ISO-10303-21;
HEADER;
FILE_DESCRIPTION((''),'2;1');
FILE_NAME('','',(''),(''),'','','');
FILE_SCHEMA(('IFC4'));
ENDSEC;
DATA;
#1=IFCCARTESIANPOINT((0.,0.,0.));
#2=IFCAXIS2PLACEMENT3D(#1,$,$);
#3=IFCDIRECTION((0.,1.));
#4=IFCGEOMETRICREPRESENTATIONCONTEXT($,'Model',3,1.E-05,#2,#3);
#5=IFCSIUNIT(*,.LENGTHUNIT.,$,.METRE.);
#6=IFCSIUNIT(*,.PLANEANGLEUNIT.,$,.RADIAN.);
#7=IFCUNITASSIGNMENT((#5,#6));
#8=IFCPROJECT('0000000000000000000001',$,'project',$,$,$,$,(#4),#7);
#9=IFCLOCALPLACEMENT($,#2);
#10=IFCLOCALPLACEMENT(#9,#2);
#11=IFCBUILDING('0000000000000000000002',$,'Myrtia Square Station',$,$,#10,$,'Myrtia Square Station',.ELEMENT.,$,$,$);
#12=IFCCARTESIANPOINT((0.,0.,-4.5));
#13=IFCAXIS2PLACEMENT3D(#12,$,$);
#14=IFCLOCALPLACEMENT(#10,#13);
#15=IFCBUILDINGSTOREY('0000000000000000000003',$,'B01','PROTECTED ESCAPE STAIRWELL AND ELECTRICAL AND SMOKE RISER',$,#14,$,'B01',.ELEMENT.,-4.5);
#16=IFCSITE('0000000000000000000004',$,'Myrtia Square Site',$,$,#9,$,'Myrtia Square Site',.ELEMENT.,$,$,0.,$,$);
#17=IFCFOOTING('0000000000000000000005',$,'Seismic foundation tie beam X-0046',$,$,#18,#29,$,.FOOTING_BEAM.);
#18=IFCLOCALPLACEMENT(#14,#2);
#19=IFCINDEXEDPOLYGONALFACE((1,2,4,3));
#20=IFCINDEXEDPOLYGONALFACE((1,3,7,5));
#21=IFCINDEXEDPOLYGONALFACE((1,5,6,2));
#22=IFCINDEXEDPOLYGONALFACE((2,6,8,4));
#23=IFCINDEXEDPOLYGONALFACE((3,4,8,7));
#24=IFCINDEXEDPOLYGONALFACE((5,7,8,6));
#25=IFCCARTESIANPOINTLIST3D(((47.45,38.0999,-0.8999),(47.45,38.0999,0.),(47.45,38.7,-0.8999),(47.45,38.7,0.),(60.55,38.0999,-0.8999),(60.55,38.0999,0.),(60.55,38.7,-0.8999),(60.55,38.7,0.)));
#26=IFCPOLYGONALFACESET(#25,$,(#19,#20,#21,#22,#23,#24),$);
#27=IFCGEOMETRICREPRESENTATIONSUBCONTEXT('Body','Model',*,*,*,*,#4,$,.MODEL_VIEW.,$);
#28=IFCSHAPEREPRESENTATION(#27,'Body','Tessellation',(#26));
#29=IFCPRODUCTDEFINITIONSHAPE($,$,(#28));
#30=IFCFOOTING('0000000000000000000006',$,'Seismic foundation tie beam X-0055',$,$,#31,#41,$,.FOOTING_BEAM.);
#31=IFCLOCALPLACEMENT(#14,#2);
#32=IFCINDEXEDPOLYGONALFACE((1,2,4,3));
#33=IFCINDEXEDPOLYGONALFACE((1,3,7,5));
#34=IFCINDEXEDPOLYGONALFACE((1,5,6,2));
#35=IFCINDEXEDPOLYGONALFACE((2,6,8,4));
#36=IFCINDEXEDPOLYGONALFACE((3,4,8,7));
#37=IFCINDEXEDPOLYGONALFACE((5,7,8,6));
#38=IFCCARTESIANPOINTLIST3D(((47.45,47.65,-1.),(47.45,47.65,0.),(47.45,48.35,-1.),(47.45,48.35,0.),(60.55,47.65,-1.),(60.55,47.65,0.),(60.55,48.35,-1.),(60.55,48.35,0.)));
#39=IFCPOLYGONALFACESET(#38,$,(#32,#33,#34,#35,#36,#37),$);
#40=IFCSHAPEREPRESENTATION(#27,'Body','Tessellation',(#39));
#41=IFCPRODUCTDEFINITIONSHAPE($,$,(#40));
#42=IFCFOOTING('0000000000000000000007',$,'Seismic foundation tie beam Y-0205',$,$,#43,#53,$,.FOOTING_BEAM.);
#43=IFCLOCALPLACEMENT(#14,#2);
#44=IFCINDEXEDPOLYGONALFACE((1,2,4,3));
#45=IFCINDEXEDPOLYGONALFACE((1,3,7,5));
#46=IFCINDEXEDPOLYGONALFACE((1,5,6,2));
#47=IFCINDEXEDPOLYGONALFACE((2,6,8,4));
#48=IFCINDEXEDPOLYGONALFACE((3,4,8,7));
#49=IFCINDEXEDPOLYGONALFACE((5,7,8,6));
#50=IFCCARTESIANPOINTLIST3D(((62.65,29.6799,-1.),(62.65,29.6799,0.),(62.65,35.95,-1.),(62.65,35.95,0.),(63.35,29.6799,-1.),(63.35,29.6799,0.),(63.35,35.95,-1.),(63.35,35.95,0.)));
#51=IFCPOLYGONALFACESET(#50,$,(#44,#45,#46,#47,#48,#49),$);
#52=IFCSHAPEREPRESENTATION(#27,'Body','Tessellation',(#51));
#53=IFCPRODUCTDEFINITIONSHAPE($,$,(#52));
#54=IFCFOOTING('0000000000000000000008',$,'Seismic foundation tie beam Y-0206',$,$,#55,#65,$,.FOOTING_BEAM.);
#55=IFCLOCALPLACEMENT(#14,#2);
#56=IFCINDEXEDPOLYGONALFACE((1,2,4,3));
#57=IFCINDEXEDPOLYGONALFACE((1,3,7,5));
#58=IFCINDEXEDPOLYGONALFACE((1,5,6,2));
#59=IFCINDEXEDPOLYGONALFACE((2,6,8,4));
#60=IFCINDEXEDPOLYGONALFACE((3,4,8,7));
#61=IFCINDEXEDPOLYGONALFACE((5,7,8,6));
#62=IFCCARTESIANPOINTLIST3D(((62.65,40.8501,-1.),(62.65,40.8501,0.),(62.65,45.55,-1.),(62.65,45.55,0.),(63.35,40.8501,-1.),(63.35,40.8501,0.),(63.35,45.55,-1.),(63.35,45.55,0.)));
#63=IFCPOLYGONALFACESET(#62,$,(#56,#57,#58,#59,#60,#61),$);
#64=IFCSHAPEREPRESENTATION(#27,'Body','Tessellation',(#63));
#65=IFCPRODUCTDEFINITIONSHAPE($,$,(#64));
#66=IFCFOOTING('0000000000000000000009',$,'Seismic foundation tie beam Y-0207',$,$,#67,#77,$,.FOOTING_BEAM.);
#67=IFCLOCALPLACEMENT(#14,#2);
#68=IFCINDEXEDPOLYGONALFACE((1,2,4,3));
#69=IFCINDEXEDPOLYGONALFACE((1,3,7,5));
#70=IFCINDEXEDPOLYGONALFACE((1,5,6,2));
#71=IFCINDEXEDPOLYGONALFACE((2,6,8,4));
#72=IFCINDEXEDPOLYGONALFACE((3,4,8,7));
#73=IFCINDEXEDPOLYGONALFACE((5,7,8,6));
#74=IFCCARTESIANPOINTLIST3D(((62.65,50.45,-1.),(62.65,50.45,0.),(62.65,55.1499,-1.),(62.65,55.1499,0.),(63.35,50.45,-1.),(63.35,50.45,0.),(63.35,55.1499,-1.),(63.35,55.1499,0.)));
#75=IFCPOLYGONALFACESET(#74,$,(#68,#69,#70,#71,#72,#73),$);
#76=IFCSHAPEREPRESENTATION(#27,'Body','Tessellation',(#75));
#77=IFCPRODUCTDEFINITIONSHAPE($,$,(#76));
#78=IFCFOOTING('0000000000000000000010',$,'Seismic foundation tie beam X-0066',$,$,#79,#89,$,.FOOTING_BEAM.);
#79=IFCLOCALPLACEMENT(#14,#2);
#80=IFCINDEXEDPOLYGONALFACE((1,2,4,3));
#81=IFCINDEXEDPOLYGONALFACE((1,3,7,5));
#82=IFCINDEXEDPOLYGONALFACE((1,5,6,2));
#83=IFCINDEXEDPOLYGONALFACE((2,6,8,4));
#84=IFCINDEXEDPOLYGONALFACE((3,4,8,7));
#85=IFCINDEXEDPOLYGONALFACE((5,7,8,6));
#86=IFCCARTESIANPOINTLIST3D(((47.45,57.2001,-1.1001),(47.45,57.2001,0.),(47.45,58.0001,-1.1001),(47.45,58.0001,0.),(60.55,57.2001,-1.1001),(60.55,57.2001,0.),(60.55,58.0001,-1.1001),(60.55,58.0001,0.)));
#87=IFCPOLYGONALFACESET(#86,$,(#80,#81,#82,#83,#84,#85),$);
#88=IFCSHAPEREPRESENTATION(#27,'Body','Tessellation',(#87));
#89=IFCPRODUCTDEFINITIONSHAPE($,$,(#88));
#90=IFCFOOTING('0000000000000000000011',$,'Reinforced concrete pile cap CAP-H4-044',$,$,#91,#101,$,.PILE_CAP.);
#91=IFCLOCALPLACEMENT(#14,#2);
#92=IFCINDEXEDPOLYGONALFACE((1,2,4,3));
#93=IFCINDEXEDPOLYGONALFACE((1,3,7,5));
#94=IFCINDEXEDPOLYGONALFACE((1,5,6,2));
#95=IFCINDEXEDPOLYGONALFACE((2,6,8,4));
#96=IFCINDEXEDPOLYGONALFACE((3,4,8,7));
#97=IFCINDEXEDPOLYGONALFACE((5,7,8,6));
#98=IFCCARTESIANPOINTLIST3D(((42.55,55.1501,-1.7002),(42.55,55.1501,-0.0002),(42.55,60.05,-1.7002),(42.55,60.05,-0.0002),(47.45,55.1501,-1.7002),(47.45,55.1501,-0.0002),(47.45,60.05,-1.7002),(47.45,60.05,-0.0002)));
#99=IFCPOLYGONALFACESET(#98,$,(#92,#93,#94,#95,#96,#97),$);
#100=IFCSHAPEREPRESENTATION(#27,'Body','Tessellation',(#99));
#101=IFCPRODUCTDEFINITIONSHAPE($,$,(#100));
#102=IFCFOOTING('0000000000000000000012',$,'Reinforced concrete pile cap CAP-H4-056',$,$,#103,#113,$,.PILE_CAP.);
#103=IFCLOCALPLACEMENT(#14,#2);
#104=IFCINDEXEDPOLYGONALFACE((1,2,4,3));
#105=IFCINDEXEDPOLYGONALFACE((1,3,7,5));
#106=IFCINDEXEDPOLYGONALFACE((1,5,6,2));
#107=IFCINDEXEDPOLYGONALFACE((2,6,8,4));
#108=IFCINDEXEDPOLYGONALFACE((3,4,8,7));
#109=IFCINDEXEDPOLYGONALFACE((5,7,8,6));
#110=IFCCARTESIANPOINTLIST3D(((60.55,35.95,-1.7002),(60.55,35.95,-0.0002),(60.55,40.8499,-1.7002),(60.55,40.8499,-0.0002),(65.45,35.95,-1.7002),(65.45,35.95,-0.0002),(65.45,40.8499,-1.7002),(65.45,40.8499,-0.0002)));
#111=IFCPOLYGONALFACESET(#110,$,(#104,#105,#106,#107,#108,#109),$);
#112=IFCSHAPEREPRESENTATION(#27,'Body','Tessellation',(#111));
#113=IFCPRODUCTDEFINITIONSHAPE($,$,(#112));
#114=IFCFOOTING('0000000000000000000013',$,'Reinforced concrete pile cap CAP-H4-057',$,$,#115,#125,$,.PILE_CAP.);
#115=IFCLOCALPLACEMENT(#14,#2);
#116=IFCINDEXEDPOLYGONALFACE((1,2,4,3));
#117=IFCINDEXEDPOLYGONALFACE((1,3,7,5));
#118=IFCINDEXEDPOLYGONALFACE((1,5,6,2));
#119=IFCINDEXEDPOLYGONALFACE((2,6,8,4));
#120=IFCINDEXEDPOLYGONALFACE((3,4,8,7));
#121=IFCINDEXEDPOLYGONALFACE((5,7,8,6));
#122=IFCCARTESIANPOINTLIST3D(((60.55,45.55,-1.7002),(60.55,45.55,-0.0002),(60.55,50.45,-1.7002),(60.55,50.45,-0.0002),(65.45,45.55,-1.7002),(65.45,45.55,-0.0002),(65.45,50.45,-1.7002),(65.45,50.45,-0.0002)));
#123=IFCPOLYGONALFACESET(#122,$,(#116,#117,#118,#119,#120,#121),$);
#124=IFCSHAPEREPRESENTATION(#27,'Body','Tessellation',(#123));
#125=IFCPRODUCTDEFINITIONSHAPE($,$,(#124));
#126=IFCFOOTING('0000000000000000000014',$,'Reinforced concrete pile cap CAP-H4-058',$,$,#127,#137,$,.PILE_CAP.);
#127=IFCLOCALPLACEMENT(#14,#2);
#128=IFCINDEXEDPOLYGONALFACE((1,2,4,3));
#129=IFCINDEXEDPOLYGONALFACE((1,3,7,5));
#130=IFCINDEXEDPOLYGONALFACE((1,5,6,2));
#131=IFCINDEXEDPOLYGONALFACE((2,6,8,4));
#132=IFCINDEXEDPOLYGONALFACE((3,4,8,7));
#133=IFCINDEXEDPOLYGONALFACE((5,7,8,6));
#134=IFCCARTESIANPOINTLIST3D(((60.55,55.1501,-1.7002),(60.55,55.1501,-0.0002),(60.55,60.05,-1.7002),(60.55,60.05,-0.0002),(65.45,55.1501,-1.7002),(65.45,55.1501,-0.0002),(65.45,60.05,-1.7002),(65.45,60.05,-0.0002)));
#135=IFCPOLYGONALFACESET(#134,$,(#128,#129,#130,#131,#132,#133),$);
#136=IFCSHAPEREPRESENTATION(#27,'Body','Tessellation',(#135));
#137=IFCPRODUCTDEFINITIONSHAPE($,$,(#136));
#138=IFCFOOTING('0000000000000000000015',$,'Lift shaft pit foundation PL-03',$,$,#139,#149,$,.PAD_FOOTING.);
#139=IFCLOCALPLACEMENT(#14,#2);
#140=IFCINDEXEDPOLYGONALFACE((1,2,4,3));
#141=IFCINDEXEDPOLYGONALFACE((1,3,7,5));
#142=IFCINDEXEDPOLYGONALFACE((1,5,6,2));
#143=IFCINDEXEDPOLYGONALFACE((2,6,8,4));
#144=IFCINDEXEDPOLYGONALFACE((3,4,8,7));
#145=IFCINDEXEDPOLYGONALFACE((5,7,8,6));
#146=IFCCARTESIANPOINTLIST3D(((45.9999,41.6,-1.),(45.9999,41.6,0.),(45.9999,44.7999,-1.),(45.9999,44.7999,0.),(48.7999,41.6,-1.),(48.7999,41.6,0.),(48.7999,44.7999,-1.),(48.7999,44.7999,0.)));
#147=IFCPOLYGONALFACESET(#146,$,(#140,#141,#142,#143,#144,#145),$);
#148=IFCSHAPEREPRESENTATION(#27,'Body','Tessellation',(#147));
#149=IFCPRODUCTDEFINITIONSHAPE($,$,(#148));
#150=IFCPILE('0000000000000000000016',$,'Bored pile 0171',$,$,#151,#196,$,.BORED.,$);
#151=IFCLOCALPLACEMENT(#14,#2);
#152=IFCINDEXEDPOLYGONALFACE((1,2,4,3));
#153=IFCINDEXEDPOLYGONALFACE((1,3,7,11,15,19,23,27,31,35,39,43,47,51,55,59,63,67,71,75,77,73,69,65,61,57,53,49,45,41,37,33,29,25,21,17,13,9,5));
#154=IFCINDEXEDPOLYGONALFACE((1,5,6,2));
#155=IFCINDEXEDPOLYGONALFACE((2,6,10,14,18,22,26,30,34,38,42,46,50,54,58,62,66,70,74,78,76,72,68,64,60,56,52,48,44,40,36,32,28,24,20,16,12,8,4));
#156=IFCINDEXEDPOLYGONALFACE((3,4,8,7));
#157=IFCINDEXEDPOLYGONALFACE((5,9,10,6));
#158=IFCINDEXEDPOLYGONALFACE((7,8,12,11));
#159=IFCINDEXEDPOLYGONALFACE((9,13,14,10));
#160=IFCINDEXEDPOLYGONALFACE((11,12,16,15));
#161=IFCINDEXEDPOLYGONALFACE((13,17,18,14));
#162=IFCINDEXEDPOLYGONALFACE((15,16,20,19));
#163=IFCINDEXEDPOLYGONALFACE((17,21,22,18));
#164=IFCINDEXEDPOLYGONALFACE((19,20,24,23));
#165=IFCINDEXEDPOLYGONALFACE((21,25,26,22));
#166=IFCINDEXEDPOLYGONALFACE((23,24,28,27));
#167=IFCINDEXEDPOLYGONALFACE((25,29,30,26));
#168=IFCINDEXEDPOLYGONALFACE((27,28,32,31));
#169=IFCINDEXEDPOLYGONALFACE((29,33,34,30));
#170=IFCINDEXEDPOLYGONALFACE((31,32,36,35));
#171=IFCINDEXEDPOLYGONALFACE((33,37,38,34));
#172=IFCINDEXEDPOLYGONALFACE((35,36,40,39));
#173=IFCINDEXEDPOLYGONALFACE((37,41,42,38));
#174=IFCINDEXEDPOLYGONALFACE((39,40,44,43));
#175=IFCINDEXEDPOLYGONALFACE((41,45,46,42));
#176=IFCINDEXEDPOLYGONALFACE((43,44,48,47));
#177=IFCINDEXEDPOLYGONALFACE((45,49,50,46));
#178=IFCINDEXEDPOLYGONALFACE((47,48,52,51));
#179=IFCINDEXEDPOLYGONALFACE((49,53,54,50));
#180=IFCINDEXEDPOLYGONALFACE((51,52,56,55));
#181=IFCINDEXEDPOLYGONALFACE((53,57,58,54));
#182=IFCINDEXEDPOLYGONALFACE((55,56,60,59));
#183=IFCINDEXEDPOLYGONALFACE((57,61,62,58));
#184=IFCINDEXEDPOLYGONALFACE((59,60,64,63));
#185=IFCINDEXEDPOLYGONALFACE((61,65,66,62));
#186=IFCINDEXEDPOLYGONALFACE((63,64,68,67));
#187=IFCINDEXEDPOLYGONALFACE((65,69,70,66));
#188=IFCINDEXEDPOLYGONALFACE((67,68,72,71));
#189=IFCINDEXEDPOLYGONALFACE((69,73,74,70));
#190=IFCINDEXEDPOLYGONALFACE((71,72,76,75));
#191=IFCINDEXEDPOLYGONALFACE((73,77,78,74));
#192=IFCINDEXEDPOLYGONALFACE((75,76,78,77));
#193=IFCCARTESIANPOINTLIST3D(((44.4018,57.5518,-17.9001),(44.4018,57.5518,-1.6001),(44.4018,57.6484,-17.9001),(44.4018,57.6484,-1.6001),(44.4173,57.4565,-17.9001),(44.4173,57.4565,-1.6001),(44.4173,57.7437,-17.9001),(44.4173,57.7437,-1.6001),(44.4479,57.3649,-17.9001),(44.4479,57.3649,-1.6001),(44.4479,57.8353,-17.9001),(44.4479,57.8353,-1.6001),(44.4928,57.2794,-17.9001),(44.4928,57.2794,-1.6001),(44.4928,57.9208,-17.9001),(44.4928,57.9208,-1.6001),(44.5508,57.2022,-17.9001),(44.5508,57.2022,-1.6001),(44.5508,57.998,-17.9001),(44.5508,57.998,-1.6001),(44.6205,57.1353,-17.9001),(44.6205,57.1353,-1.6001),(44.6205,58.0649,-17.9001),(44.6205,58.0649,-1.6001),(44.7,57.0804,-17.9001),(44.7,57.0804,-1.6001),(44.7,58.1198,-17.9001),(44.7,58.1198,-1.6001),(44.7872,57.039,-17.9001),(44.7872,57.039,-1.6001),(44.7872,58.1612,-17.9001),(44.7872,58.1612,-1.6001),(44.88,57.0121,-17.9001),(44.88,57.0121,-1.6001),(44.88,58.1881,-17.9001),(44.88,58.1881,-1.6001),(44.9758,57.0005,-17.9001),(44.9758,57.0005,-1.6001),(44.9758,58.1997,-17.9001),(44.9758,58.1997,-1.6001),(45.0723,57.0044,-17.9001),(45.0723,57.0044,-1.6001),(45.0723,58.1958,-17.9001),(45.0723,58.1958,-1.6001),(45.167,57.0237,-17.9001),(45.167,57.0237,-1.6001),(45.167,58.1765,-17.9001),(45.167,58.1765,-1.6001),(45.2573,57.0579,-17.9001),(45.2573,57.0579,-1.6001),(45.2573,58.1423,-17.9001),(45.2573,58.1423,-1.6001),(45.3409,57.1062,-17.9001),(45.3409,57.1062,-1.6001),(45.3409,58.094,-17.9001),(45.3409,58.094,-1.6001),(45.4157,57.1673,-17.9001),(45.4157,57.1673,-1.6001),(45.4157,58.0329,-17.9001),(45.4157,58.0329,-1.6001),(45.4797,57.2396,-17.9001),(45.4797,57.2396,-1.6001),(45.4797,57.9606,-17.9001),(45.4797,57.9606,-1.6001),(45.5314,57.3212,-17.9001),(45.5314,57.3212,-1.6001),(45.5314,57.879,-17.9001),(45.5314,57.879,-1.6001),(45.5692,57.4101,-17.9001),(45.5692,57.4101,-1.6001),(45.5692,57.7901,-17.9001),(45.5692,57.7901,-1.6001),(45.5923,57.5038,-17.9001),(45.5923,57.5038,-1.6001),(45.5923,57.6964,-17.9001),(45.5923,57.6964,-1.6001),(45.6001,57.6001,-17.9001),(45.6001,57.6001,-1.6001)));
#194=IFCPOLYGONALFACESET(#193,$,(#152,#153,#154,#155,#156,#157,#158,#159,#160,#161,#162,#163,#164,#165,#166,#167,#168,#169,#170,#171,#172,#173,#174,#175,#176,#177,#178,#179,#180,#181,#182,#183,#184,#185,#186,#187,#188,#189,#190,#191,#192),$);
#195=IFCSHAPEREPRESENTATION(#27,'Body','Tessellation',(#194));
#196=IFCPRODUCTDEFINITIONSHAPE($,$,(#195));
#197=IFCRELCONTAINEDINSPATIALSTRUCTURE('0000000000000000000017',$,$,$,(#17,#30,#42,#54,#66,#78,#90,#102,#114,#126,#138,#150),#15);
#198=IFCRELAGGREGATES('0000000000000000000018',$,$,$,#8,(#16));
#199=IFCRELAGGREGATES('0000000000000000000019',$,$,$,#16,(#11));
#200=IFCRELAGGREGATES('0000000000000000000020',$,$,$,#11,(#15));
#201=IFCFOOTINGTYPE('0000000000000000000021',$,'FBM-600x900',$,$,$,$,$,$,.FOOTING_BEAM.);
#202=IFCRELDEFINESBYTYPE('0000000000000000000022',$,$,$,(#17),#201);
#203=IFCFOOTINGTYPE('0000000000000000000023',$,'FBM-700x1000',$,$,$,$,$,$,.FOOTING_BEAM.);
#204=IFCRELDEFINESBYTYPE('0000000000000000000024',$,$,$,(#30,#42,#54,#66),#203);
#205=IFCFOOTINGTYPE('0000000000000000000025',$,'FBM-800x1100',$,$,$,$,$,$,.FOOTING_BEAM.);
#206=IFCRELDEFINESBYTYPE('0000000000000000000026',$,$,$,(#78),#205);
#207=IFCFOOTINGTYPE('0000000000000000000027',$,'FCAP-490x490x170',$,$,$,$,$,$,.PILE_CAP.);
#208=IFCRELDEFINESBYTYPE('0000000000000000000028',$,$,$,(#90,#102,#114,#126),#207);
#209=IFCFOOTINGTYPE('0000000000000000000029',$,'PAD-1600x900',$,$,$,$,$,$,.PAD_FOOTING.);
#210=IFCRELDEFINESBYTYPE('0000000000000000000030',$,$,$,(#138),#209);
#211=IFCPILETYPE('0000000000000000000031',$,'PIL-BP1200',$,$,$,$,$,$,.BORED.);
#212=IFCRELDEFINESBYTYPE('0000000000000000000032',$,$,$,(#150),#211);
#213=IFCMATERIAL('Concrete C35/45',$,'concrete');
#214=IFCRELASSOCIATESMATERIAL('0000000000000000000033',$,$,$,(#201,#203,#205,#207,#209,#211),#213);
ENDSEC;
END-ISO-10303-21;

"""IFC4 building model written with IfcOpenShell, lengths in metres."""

from ifc_helpers import new_model, si_unit, direction, frame, origin, origin_2d, place, context, subcontext, project, spatial, rectangle, circle, extrude, material, material_profile, profile_set, type_object, element, save


model = new_model("IFC4")

# Units and contexts
model_context = context("Model", 3, precision=1e-05, world=origin(), true_north=direction((0.0, 1.0)))
body_context = subcontext(model_context, "Body", "Model", "MODEL_VIEW")
ifc_project = project(units=[si_unit("LENGTHUNIT", "METRE"), si_unit("PLANEANGLEUNIT", "RADIAN")], contexts=[model_context])

# Site, building, storey
site_placement = place(None, origin())
site = spatial("IfcSite", under=ifc_project, at=site_placement, Name="Myrtia Square Site", LongName="Myrtia Square Site", CompositionType="ELEMENT", RefElevation=0.0)
building_placement = place(site_placement, origin())
building = spatial("IfcBuilding", under=site, at=building_placement, Name="Myrtia Square Station", LongName="Myrtia Square Station", CompositionType="ELEMENT")
storey_placement = place(building_placement, frame((0.0, 0.0, -4.5)))
storey = spatial("IfcBuildingStorey", under=building, at=storey_placement, Name="B01", Description="PROTECTED ESCAPE STAIRWELL AND ELECTRICAL AND SMOKE RISER", LongName="B01", CompositionType="ELEMENT", Elevation=-4.5)

# Footings
ifc_material_1 = material(Name="Concrete C35/45", Category="concrete")
ifc_material_profile_1 = material_profile(ifc_material_1, rectangle(XDim=0.6001, YDim=0.8999, at=origin_2d()), Name="FB 600x900")
ifc_profile_set_1 = profile_set([ifc_material_profile_1], Name="Concrete C35/45")
footing_type_1 = type_object("IfcFootingType", Name="FBM-600x900", PredefinedType="FOOTING_BEAM", material=ifc_profile_set_1)
footing_1_placement = place(storey_placement, frame((47.45, 38.3999, -0.45), z_axis=(1.0, 0.0, 0.0), x_axis=(0.0, 1.0, 0.0)))
element("IfcFooting", 1, at=footing_1_placement, inside=storey, type_object=footing_type_1, Name="Seismic foundation tie beam X-0046", PredefinedType="FOOTING_BEAM", context=body_context, shape_type="SweptSolid", body=[
    extrude(rectangle(XDim=0.6001, YDim=0.8999, at=origin_2d()), origin(), (0.0, 0.0, 1.0), 13.1001),
])
ifc_material_profile_2 = material_profile(ifc_material_1, rectangle(XDim=0.7, YDim=1.0, at=origin_2d()), Name="FB 700x1000")
ifc_profile_set_2 = profile_set([ifc_material_profile_2], Name="Concrete C35/45")
footing_type_2 = type_object("IfcFootingType", Name="FBM-700x1000", PredefinedType="FOOTING_BEAM", material=ifc_profile_set_2)
footing_2_placement = place(storey_placement, frame((47.45, 48.0, -0.5), z_axis=(1.0, 0.0, 0.0), x_axis=(0.0, 1.0, 0.0)))
element("IfcFooting", 2, at=footing_2_placement, inside=storey, type_object=footing_type_2, Name="Seismic foundation tie beam X-0055", PredefinedType="FOOTING_BEAM", context=body_context, shape_type="SweptSolid", body=[
    extrude(rectangle(XDim=0.7, YDim=1.0, at=origin_2d()), origin(), (0.0, 0.0, 1.0), 13.1001),
])
footing_3_placement = place(storey_placement, frame((63.0, 29.6799, -0.5), z_axis=(0.0, 1.0, 0.0), x_axis=(-1.0, 0.0, 0.0)))
element("IfcFooting", 3, at=footing_3_placement, inside=storey, type_object=footing_type_2, Name="Seismic foundation tie beam Y-0205", PredefinedType="FOOTING_BEAM", context=body_context, shape_type="SweptSolid", body=[
    extrude(rectangle(XDim=0.7, YDim=1.0, at=origin_2d()), origin(), (0.0, 0.0, 1.0), 6.27),
])
for number, where, z_axis, x_axis, name in (
    (4, (63.0, 40.8501, -0.5), (0.0, 1.0, 0.0), (-1.0, 0.0, 0.0), "Seismic foundation tie beam Y-0206"),
    (5, (63.0, 50.45, -0.5), (0.0, 1.0, 0.0), (-1.0, 0.0, 0.0), "Seismic foundation tie beam Y-0207"),
):
    element("IfcFooting", number, at=place(storey_placement, frame(where, z_axis=z_axis, x_axis=x_axis)), inside=storey, type_object=footing_type_2, Name=name, PredefinedType="FOOTING_BEAM", context=body_context, shape_type="SweptSolid", body=[
        extrude(rectangle(XDim=0.7, YDim=1.0, at=origin_2d()), origin(), (0.0, 0.0, 1.0), 4.7),
    ])
ifc_material_profile_3 = material_profile(ifc_material_1, rectangle(XDim=0.8, YDim=1.1001, at=origin_2d()), Name="FB 800x1100")
ifc_profile_set_3 = profile_set([ifc_material_profile_3], Name="Concrete C35/45")
footing_type_3 = type_object("IfcFootingType", Name="FBM-800x1100", PredefinedType="FOOTING_BEAM", material=ifc_profile_set_3)
footing_4_placement = place(storey_placement, frame((47.45, 57.6001, -0.55), z_axis=(1.0, 0.0, 0.0), x_axis=(0.0, 1.0, 0.0)))
element("IfcFooting", 6, at=footing_4_placement, inside=storey, type_object=footing_type_3, Name="Seismic foundation tie beam X-0066", PredefinedType="FOOTING_BEAM", context=body_context, shape_type="SweptSolid", body=[
    extrude(rectangle(XDim=0.8, YDim=1.1001, at=origin_2d()), origin(), (0.0, 0.0, 1.0), 13.1001),
])
footing_type_4 = type_object("IfcFootingType", Name="FCAP-490x490x170", PredefinedType="PILE_CAP", material=ifc_material_1)
for number, where, z_axis, x_axis, name in (
    (7, (45.0, 57.6001, -1.7002), (0.0, 0.0, 1.0), (1.0, 0.0, 0.0), "Reinforced concrete pile cap CAP-H4-044"),
    (8, (63.0, 38.3999, -1.7002), (0.0, 0.0, 1.0), (1.0, 0.0, 0.0), "Reinforced concrete pile cap CAP-H4-056"),
    (9, (63.0, 48.0, -1.7002), (0.0, 0.0, 1.0), (1.0, 0.0, 0.0), "Reinforced concrete pile cap CAP-H4-057"),
    (10, (63.0, 57.6001, -1.7002), (0.0, 0.0, 1.0), (1.0, 0.0, 0.0), "Reinforced concrete pile cap CAP-H4-058"),
):
    element("IfcFooting", number, at=place(storey_placement, frame(where, z_axis=z_axis, x_axis=x_axis)), inside=storey, type_object=footing_type_4, Name=name, PredefinedType="PILE_CAP", context=body_context, shape_type="SweptSolid", body=[
        extrude(rectangle(XDim=4.8999, YDim=4.8999, at=origin_2d()), origin(), (0.0, 0.0, 1.0), 1.7),
    ])
footing_type_5 = type_object("IfcFootingType", Name="PAD-1600x900", PredefinedType="PAD_FOOTING", material=ifc_material_1)
footing_5_placement = place(storey_placement, frame((47.3999, 43.2, -1.0), z_axis=(0.0, 0.0, 1.0), x_axis=(1.0, 0.0, 0.0)))
element("IfcFooting", 11, at=footing_5_placement, inside=storey, type_object=footing_type_5, Name="Lift shaft pit foundation PL-03", PredefinedType="PAD_FOOTING", context=body_context, shape_type="SweptSolid", body=[
    extrude(rectangle(XDim=2.8, YDim=3.2, at=origin_2d()), origin(), (0.0, 0.0, 1.0), 1.0),
])

# Pile
ifc_material_profile_4 = material_profile(ifc_material_1, circle(Radius=0.6001, at=origin_2d()), Name="BP D1200")
ifc_profile_set_4 = profile_set([ifc_material_profile_4], Name="Concrete C35/45")
pile_type = type_object("IfcPileType", Name="PIL-BP1200", PredefinedType="BORED", material=ifc_profile_set_4)
for number, where, z_axis, x_axis, name in (
    (12, (45.0, 57.6001, -1.6001), (0.0, 0.0, -1.0), (1.0, 0.0, 0.0), "Bored pile 0171"),
):
    element("IfcPile", number, at=place(storey_placement, frame(where, z_axis=z_axis, x_axis=x_axis)), inside=storey, type_object=pile_type, Name=name, PredefinedType="BORED", context=body_context, shape_type="SweptSolid", body=[
        extrude(circle(Radius=0.6001, at=origin_2d()), origin(), (0.0, 0.0, 1.0), 16.3),
    ])

save(model, "model.ifc")
